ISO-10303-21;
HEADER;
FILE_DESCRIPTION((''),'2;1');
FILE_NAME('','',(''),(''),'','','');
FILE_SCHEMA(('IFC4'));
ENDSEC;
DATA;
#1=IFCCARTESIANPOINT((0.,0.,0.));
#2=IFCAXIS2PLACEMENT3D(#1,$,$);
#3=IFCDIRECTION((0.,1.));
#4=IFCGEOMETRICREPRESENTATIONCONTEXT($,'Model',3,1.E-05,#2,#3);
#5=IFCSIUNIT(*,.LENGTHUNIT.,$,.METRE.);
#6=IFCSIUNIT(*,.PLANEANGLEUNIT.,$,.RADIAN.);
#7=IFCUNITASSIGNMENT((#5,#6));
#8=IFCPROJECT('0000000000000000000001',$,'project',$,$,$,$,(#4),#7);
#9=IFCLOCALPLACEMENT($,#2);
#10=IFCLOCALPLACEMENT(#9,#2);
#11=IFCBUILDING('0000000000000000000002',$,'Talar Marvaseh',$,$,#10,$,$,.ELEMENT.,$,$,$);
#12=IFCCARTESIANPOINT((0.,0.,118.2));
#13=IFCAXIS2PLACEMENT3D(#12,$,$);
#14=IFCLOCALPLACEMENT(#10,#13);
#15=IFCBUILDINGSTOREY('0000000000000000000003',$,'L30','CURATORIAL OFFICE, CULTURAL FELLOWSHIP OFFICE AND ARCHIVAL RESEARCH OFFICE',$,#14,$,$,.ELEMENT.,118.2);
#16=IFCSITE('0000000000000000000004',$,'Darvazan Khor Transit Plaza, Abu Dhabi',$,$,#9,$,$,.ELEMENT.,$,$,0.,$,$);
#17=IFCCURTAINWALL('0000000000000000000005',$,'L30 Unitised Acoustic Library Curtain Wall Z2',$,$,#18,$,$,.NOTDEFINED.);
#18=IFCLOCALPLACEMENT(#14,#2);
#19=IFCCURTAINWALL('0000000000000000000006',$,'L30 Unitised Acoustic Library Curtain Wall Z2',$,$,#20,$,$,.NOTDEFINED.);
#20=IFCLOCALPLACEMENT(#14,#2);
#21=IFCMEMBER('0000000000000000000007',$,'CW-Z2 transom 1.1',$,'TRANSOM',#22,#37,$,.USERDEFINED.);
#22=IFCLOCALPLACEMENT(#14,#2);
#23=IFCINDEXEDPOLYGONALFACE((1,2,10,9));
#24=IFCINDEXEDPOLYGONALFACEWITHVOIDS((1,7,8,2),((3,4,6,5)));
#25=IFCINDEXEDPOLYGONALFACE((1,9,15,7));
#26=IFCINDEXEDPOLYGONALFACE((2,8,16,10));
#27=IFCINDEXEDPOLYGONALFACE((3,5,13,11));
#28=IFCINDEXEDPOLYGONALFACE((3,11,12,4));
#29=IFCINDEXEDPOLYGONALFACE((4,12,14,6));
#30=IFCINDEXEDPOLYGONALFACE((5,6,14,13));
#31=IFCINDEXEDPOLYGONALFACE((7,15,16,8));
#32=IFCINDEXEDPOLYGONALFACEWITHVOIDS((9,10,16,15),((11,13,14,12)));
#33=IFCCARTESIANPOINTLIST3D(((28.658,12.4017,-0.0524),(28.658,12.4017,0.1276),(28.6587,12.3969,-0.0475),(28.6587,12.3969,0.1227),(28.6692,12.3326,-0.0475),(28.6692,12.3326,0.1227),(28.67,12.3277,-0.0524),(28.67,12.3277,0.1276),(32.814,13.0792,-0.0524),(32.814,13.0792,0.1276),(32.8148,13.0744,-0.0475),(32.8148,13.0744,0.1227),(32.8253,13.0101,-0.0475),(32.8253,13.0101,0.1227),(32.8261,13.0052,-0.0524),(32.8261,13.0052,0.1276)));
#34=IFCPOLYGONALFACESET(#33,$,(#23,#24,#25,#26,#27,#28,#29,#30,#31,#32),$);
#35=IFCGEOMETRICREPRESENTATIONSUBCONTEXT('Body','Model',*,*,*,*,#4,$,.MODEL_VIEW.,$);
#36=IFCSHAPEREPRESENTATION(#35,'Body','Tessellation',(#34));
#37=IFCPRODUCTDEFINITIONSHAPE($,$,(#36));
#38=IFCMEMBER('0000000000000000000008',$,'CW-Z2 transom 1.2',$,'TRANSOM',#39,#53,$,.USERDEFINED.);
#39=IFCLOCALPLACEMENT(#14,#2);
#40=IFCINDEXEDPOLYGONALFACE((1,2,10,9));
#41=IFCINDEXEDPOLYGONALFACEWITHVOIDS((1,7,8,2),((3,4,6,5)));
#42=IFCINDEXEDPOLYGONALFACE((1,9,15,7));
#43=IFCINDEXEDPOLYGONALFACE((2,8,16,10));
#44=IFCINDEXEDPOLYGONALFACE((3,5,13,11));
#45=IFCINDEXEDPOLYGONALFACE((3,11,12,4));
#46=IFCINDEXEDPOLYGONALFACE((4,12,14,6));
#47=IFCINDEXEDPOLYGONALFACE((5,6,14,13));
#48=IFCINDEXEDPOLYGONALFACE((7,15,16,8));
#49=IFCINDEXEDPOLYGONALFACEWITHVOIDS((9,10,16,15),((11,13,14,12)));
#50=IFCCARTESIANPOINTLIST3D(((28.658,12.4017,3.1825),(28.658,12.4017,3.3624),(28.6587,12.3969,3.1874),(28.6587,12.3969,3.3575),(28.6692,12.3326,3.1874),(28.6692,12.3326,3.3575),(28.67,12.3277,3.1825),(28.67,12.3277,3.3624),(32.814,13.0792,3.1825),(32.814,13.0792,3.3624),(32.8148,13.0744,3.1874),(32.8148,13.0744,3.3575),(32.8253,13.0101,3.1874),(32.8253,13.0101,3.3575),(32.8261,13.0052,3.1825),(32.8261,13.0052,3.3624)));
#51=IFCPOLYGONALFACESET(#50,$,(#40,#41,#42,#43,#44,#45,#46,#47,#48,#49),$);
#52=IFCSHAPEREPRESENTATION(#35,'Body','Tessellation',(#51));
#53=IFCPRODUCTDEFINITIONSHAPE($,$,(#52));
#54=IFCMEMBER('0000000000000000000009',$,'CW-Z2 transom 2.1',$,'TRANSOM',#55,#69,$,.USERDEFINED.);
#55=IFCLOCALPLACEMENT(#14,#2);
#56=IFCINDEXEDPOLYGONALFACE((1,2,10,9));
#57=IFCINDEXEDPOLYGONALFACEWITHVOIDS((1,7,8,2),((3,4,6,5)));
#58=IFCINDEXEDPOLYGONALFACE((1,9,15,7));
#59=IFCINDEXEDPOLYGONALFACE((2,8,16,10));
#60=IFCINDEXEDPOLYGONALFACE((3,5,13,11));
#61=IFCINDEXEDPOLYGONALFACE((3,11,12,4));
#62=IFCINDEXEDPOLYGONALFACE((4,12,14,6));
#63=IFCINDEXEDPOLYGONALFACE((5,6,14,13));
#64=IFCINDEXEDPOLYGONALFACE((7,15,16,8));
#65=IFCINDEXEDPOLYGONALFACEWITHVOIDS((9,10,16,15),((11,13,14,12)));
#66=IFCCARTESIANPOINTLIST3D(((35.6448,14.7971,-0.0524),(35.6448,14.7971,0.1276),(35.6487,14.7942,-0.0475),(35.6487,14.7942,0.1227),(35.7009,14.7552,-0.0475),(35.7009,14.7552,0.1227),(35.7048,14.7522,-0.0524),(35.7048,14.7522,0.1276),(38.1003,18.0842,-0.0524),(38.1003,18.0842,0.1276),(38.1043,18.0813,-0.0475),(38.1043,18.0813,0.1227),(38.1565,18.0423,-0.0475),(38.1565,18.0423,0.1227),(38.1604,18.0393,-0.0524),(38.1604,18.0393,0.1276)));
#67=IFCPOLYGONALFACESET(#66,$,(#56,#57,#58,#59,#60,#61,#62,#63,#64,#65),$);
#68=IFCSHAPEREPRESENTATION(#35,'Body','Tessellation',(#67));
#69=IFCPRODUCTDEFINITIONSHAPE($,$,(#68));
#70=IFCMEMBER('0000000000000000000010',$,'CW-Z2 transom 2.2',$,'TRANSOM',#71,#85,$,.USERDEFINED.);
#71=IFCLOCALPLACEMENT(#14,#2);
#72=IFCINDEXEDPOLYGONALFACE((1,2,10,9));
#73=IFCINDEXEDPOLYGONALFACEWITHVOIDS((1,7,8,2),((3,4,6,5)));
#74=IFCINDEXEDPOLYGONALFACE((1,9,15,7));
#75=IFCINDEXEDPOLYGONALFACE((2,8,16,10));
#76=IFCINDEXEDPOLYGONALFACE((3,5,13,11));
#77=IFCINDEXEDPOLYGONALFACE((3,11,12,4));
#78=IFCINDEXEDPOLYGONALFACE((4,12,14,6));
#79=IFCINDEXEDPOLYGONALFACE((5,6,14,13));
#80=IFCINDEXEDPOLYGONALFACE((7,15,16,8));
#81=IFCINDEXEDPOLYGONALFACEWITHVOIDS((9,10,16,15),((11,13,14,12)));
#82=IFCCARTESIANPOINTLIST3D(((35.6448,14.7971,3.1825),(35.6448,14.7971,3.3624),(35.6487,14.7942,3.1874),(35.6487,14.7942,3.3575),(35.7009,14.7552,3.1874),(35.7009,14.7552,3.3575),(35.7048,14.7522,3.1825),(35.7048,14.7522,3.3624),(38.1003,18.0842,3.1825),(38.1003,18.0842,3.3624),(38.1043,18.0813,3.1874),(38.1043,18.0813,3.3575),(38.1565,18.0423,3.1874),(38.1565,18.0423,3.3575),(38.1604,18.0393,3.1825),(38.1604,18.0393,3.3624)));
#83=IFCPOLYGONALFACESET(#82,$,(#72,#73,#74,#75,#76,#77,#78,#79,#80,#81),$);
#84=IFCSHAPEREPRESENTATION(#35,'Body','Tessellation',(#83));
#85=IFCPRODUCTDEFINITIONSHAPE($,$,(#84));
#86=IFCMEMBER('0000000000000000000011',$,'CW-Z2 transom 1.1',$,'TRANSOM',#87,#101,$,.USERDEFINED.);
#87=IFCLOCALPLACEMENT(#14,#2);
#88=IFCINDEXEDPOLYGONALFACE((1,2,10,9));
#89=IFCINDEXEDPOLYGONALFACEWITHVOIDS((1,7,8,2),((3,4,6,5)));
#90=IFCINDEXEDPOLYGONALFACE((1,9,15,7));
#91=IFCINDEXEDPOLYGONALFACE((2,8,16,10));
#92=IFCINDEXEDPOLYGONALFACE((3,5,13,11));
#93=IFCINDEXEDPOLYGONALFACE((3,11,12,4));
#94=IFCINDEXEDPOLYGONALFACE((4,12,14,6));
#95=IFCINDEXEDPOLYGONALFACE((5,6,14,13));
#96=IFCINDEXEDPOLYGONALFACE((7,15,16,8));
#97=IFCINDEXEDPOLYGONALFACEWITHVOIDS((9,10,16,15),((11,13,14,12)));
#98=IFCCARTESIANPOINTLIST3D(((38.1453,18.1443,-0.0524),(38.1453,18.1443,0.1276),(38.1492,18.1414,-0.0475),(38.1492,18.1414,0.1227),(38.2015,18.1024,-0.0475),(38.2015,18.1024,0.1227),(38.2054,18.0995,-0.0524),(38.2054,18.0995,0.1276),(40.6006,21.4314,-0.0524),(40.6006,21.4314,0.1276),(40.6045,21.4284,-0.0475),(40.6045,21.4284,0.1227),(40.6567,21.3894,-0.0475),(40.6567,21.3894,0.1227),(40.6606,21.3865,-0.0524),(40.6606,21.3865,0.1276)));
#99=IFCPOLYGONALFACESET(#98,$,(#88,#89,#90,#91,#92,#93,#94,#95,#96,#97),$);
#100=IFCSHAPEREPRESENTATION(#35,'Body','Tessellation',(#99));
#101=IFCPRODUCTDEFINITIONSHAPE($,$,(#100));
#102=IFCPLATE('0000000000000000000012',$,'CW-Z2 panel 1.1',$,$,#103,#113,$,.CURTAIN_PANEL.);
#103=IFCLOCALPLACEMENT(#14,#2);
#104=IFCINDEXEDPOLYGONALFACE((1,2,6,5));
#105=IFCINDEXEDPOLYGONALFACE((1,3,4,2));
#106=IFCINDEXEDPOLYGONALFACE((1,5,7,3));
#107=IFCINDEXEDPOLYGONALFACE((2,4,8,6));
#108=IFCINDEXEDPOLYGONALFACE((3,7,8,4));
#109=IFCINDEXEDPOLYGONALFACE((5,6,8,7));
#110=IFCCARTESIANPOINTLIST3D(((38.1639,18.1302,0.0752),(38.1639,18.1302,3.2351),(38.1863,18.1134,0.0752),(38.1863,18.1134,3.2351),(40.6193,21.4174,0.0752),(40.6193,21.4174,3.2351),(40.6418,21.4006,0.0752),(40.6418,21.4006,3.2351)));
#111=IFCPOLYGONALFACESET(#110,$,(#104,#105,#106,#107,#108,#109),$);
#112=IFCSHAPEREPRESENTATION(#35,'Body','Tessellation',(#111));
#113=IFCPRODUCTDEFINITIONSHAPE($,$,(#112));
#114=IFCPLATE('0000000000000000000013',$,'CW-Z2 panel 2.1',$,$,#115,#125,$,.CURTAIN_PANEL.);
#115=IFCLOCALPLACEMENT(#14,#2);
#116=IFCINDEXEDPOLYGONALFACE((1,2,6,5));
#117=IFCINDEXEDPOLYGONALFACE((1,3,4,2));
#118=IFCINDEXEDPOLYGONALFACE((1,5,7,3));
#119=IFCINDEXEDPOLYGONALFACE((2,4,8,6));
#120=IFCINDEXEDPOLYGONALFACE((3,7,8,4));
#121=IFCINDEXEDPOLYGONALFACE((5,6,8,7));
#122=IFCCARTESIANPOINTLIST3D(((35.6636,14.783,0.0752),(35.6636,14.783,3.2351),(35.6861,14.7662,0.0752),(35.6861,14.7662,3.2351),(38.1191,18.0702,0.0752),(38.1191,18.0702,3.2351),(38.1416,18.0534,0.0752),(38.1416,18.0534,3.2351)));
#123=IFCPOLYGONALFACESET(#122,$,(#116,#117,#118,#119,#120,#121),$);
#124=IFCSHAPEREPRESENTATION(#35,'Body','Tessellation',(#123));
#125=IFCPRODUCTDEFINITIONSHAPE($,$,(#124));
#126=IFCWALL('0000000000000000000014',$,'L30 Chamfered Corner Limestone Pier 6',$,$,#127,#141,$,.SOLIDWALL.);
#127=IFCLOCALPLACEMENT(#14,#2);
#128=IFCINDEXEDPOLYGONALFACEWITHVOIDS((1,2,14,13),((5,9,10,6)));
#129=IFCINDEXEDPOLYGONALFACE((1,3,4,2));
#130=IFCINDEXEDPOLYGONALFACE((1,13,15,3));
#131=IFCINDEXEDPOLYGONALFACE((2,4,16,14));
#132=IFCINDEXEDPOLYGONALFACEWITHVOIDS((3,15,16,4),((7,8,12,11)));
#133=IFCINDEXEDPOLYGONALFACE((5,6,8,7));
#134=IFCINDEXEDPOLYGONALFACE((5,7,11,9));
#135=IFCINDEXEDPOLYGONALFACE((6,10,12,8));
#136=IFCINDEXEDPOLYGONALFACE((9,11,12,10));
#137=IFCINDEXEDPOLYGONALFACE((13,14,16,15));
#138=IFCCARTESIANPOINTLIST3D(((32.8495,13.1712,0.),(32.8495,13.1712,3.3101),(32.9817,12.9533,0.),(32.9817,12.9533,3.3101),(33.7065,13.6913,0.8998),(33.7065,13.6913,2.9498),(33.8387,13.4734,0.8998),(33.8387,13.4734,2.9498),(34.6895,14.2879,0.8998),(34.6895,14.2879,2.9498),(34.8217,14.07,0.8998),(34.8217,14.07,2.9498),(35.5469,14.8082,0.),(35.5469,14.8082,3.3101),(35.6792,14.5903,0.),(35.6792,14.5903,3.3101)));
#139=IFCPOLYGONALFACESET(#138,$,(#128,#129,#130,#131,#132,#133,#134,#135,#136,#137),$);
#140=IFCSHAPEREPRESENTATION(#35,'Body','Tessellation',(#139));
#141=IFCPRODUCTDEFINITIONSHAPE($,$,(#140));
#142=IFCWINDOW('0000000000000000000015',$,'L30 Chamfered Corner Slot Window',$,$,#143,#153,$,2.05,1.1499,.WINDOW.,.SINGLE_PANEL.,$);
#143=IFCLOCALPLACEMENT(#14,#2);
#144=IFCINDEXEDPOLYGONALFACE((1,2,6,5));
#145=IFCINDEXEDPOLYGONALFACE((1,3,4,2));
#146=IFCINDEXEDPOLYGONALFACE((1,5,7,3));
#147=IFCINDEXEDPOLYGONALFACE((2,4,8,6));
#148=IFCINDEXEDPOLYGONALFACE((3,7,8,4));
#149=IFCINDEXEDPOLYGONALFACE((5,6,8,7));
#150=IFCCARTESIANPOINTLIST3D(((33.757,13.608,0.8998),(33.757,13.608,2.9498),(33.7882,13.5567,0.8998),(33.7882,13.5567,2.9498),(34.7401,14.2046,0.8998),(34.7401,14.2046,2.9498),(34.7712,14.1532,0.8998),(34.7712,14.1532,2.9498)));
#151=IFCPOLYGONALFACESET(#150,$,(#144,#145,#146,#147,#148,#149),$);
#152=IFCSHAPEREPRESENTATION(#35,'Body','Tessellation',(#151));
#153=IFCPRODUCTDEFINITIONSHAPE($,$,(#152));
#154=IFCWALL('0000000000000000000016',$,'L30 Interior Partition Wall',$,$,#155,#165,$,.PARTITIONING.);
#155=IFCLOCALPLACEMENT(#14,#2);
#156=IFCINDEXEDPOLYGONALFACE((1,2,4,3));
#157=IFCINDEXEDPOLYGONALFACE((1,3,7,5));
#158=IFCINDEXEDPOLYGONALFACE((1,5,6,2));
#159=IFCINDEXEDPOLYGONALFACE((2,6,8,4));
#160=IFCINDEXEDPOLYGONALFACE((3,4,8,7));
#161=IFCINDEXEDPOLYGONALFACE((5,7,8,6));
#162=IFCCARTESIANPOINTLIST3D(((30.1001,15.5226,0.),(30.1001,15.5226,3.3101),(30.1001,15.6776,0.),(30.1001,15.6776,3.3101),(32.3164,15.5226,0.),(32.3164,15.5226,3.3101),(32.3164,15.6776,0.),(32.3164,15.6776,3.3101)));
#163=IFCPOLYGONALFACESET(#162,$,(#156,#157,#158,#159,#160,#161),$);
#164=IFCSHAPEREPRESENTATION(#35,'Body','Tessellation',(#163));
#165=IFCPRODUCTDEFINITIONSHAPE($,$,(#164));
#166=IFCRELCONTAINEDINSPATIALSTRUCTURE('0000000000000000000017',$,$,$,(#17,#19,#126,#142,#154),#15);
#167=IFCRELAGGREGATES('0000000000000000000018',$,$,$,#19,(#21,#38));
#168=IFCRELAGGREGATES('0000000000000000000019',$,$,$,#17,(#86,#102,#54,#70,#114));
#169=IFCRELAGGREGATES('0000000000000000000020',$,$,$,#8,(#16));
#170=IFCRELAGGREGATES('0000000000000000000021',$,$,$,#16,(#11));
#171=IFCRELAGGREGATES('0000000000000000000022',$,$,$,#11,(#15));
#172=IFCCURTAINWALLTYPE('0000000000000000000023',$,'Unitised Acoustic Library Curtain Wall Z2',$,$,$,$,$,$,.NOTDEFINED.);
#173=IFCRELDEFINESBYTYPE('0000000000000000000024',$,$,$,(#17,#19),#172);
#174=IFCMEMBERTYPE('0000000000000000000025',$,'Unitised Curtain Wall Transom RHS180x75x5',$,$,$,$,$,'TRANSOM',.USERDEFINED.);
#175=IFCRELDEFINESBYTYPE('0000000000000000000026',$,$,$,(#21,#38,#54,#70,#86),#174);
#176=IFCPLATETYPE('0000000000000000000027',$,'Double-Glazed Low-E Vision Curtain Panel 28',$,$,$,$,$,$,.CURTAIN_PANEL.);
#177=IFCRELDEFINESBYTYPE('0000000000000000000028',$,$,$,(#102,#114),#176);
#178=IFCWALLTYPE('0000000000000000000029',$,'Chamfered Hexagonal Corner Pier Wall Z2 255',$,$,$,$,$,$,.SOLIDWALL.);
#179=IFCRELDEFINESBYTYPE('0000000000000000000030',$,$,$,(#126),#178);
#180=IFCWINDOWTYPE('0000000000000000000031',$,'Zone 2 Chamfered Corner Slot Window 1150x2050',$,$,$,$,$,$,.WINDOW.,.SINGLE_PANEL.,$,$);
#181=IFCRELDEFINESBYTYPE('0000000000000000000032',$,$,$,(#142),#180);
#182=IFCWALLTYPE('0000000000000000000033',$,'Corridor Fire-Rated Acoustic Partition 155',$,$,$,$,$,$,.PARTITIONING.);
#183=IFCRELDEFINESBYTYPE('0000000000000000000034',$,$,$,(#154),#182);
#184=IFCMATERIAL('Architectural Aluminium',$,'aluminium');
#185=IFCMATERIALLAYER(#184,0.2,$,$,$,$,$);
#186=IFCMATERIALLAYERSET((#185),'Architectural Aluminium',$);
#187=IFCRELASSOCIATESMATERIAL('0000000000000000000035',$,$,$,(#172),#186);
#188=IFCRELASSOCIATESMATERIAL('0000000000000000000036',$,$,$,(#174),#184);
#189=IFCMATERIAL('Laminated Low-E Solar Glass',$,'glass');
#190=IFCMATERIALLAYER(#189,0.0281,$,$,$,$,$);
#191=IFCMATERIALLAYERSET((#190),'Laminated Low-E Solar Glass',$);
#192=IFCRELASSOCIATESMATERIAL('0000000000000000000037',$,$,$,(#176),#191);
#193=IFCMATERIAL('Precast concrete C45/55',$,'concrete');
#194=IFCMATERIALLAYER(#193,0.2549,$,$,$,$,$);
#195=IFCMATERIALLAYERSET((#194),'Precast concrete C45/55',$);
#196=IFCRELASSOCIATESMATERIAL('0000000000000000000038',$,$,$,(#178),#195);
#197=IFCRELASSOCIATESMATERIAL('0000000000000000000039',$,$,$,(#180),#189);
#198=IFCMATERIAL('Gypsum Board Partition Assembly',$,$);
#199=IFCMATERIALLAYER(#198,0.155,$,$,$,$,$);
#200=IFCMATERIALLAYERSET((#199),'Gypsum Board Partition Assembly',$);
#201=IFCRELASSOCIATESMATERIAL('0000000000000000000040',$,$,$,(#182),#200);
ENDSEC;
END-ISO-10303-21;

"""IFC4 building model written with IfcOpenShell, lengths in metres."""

from ifc_helpers import new_model, si_unit, direction, frame, frame_2d, origin, origin_2d, place, context, subcontext, project, spatial, rectangle, hollow_rectangle, extrude, source, transform, mapped, material, layer, layer_set, material_profile, profile_set, type_object, type_shapes, element, fill, aggregate, save


model = new_model("IFC4")

# Units and contexts
model_context = context("Model", 3, precision=1e-05, world=origin(), true_north=direction((0.0, 1.0)))
body_context = subcontext(model_context, "Body", "Model", "MODEL_VIEW")
ifc_project = project(units=[si_unit("LENGTHUNIT", "METRE"), si_unit("PLANEANGLEUNIT", "RADIAN")], contexts=[model_context])

# Site, building, storey
site_placement = place(None, origin())
site = spatial("IfcSite", under=ifc_project, at=site_placement, Name="Darvazan Khor Transit Plaza, Abu Dhabi", CompositionType="ELEMENT", RefElevation=0.0)
building_placement = place(site_placement, origin())
building = spatial("IfcBuilding", under=site, at=building_placement, Name="Talar Marvaseh", CompositionType="ELEMENT")
storey_placement = place(building_placement, frame((0.0, 0.0, 118.2)))
storey = spatial("IfcBuildingStorey", under=building, at=storey_placement, Name="L30", Description="CURATORIAL OFFICE, CULTURAL FELLOWSHIP OFFICE AND ARCHIVAL RESEARCH OFFICE", CompositionType="ELEMENT", Elevation=118.2)

# Curtain walls, members
ifc_material_1 = material(Name="Architectural Aluminium", Category="aluminium")
ifc_layer_1 = layer(ifc_material_1, 0.2)
ifc_layer_set_1 = layer_set([ifc_layer_1], Name="Architectural Aluminium")
curtain_wall_type = type_object("IfcCurtainWallType", Name="Unitised Acoustic Library Curtain Wall Z2", PredefinedType="NOTDEFINED", material=ifc_layer_set_1)
curtain_wall_1_placement = place(storey_placement, origin())
curtain_wall_1 = element("IfcCurtainWall", 1, at=curtain_wall_1_placement, inside=storey, type_object=curtain_wall_type, Name="L30 Unitised Acoustic Library Curtain Wall Z2", PredefinedType="NOTDEFINED")
curtain_wall_2_placement = place(storey_placement, origin())
curtain_wall_2 = element("IfcCurtainWall", 2, at=curtain_wall_2_placement, inside=storey, type_object=curtain_wall_type, Name="L30 Unitised Acoustic Library Curtain Wall Z2", PredefinedType="NOTDEFINED")
ifc_material_profile_1 = material_profile(ifc_material_1, hollow_rectangle(XDim=0.075, YDim=0.1799, WallThickness=0.0049, at=origin_2d()), Name="RHS180x75x5")
ifc_profile_set_1 = profile_set([ifc_material_profile_1], Name="Architectural Aluminium")
member_type_1 = type_object("IfcMemberType", Name="Unitised Curtain Wall Transom RHS180x75x5", ElementType="TRANSOM", PredefinedType="USERDEFINED", material=ifc_profile_set_1)
shared_shape_1 = source(origin(), body_context, "Body", "SweptSolid", [
    extrude(hollow_rectangle(XDim=0.075, YDim=0.1799, WallThickness=0.0049, at=origin_2d()), origin(), (0.0, 0.0, 1.0), 4.2109),
])
member_1_placement = place(storey_placement, frame((32.8201, 13.0422, 0.0376), z_axis=(-0.986972, -0.160891, 0.0), x_axis=(0.160891, -0.986972, 0.0)))
member_1 = element("IfcMember", 3, at=member_1_placement, type_object=member_type_1, Name="CW-Z2 transom 1.1", ObjectType="TRANSOM", PredefinedType="USERDEFINED", context=body_context, shape_type="MappedRepresentation", body=[
    mapped(shared_shape_1, transform((0.0, 0.0, 0.0), x_axis=(1.0, 0.0, 0.0), y_axis=(0.0, 1.0, 0.0), z_axis=(0.0, 0.0, 1.0), scale=1.0)),
])
member_2_placement = place(storey_placement, frame((32.8201, 13.0422, 3.2725), z_axis=(-0.986972, -0.160891, 0.0), x_axis=(0.160891, -0.986972, 0.0)))
member_2 = element("IfcMember", 4, at=member_2_placement, type_object=member_type_1, Name="CW-Z2 transom 1.2", ObjectType="TRANSOM", PredefinedType="USERDEFINED", context=body_context, shape_type="MappedRepresentation", body=[
    mapped(shared_shape_1, transform((0.0, 0.0, 0.0), x_axis=(1.0, 0.0, 0.0), y_axis=(0.0, 1.0, 0.0), z_axis=(0.0, 0.0, 1.0), scale=1.0)),
])
aggregate(curtain_wall_2, [member_1, member_2])

# Members
shared_shape_2 = source(origin(), body_context, "Body", "SweptSolid", [
    extrude(hollow_rectangle(XDim=0.075, YDim=0.1799, WallThickness=0.0049, at=origin_2d()), origin(), (0.0, 0.0, 1.0), 4.103),
])
member_3_placement = place(storey_placement, frame((38.1304, 18.0618, 0.0376), z_axis=(-0.598476, -0.801141, 0.0), x_axis=(0.801141, -0.598476, 0.0)))
member_3 = element("IfcMember", 5, at=member_3_placement, type_object=member_type_1, Name="CW-Z2 transom 2.1", ObjectType="TRANSOM", PredefinedType="USERDEFINED", context=body_context, shape_type="MappedRepresentation", body=[
    mapped(shared_shape_2, transform((0.0, 0.0, 0.0), x_axis=(1.0, 0.0, 0.0), y_axis=(0.0, 1.0, 0.0), z_axis=(0.0, 0.0, 1.0), scale=1.0)),
])
member_4_placement = place(storey_placement, frame((38.1304, 18.0618, 3.2725), z_axis=(-0.598476, -0.801141, 0.0), x_axis=(0.801141, -0.598476, 0.0)))
member_4 = element("IfcMember", 6, at=member_4_placement, type_object=member_type_1, Name="CW-Z2 transom 2.2", ObjectType="TRANSOM", PredefinedType="USERDEFINED", context=body_context, shape_type="MappedRepresentation", body=[
    mapped(shared_shape_2, transform((0.0, 0.0, 0.0), x_axis=(1.0, 0.0, 0.0), y_axis=(0.0, 1.0, 0.0), z_axis=(0.0, 0.0, 1.0), scale=1.0)),
])
shared_shape_3 = source(origin(), body_context, "Body", "SweptSolid", [
    extrude(hollow_rectangle(XDim=0.075, YDim=0.1799, WallThickness=0.0049, at=origin_2d()), origin(), (0.0, 0.0, 1.0), 4.1028),
])
type_shapes(member_type_1, [shared_shape_1, shared_shape_2, shared_shape_3])
member_5_placement = place(storey_placement, frame((40.6306, 21.4089, 0.0376), z_axis=(-0.598437, -0.80117, 0.0), x_axis=(0.80117, -0.598437, 0.0)))
member_5 = element("IfcMember", 7, at=member_5_placement, type_object=member_type_1, Name="CW-Z2 transom 1.1", ObjectType="TRANSOM", PredefinedType="USERDEFINED", context=body_context, shape_type="MappedRepresentation", body=[
    mapped(shared_shape_3, transform((0.0, 0.0, 0.0), x_axis=(1.0, 0.0, 0.0), y_axis=(0.0, 1.0, 0.0), z_axis=(0.0, 0.0, 1.0), scale=1.0)),
])

# Plates
ifc_material_2 = material(Name="Laminated Low-E Solar Glass", Category="glass")
ifc_layer_2 = layer(ifc_material_2, 0.0281)
ifc_layer_set_2 = layer_set([ifc_layer_2], Name="Laminated Low-E Solar Glass")
plate_type = type_object("IfcPlateType", Name="Double-Glazed Low-E Vision Curtain Panel 28", PredefinedType="CURTAIN_PANEL", material=ifc_layer_set_2)
shared_shape_4 = source(origin(), body_context, "Body", "SweptSolid", [
    extrude(rectangle(XDim=4.103, YDim=0.0281, at=origin_2d()), origin(), (0.0, 0.0, 1.0), 3.1599),
])
type_shapes(plate_type, [shared_shape_4])
plate_1_placement = place(storey_placement, frame((39.4028, 19.7654, 0.0752), z_axis=(0.0, 0.0, 1.0), x_axis=(-0.598452, -0.801159, 0.0)))
plate_1 = element("IfcPlate", 8, at=plate_1_placement, type_object=plate_type, Name="CW-Z2 panel 1.1", PredefinedType="CURTAIN_PANEL", context=body_context, shape_type="MappedRepresentation", body=[
    mapped(shared_shape_4, transform((0.0, 0.0, 0.0), x_axis=(1.0, 0.0, 0.0), y_axis=(0.0, 1.0, 0.0), z_axis=(0.0, 0.0, 1.0), scale=1.0)),
])
plate_2_placement = place(storey_placement, frame((36.9026, 16.4182, 0.0752), z_axis=(0.0, 0.0, 1.0), x_axis=(-0.598452, -0.801159, 0.0)))
plate_2 = element("IfcPlate", 9, at=plate_2_placement, type_object=plate_type, Name="CW-Z2 panel 2.1", PredefinedType="CURTAIN_PANEL", context=body_context, shape_type="MappedRepresentation", body=[
    mapped(shared_shape_4, transform((0.0, 0.0, 0.0), x_axis=(1.0, 0.0, 0.0), y_axis=(0.0, 1.0, 0.0), z_axis=(0.0, 0.0, 1.0), scale=1.0)),
])
aggregate(curtain_wall_1, [member_5, plate_1, member_3, member_4, plate_2])

# Wall, opening, window
ifc_material_3 = material(Name="Precast concrete C45/55", Category="concrete")
ifc_layer_3 = layer(ifc_material_3, 0.2549)
ifc_layer_set_3 = layer_set([ifc_layer_3], Name="Precast concrete C45/55")
wall_type_1 = type_object("IfcWallType", Name="Chamfered Hexagonal Corner Pier Wall Z2 255", PredefinedType="SOLIDWALL", material=ifc_layer_set_3)
wall_1_placement = place(storey_placement, frame((35.613, 14.6992, 0.0), z_axis=(0.0, 0.0, 1.0), x_axis=(-0.854901, -0.51879, 0.0)))
wall_1 = element("IfcWall", 10, at=wall_1_placement, inside=storey, type_object=wall_type_1, Name="L30 Chamfered Corner Limestone Pier 6", PredefinedType="SOLIDWALL", context=body_context, shape_type="SweptSolid", body=[
    extrude(rectangle(XDim=3.1553, YDim=0.2549, at=frame_2d((1.5776, 0.0))), origin(), (0.0, 0.0, 1.0), 3.3101),
])
opening_placement = place(wall_1_placement, frame((1.0029, 0.0, 0.8999)))
opening = element("IfcOpeningElement", 11, at=opening_placement, cuts=wall_1, PredefinedType="OPENING", context=body_context, shape_type="SweptSolid", body=[
    extrude(rectangle(XDim=1.1499, YDim=2.05, at=frame_2d((0.575, 1.0249))), frame((0.0, 0.1375, 0.0), z_axis=(0.0, -1.0, 0.0), x_axis=(1.0, 0.0, 0.0)), (0.0, 0.0, 1.0), 0.2749),
])
window_type = type_object("IfcWindowType", Name="Zone 2 Chamfered Corner Slot Window 1150x2050", PartitioningType="SINGLE_PANEL", PredefinedType="WINDOW", material=ifc_material_2)
shared_shape_5 = source(origin(), body_context, "Body", "SweptSolid", [
    extrude(rectangle(XDim=1.1499, YDim=2.05, at=frame_2d((0.575, 1.0249))), frame((0.0, 0.03, 0.0), z_axis=(0.0, -1.0, 0.0), x_axis=(1.0, 0.0, 0.0)), (0.0, 0.0, 1.0), 0.0601),
])
type_shapes(window_type, [shared_shape_5])
window_placement = place(opening_placement, origin())
window = element("IfcWindow", 12, at=window_placement, inside=storey, type_object=window_type, Name="L30 Chamfered Corner Slot Window", OverallHeight=2.05, OverallWidth=1.1499, PartitioningType="SINGLE_PANEL", PredefinedType="WINDOW", context=body_context, shape_type="MappedRepresentation", body=[
    mapped(shared_shape_5, transform((0.0, 0.0, 0.0), x_axis=(1.0, 0.0, 0.0), y_axis=(0.0, 1.0, 0.0), z_axis=(0.0, 0.0, 1.0), scale=1.0)),
])
fill(opening, window)

# Wall
ifc_material_4 = material(Name="Gypsum Board Partition Assembly")
ifc_layer_4 = layer(ifc_material_4, 0.155)
ifc_layer_set_4 = layer_set([ifc_layer_4], Name="Gypsum Board Partition Assembly")
wall_type_2 = type_object("IfcWallType", Name="Corridor Fire-Rated Acoustic Partition 155", PredefinedType="PARTITIONING", material=ifc_layer_set_4)
wall_2_placement = place(storey_placement, frame((32.3164, 15.6001, 0.0), z_axis=(0.0, 0.0, 1.0), x_axis=(-1.0, 0.0, 0.0)))
element("IfcWall", 13, at=wall_2_placement, inside=storey, type_object=wall_type_2, Name="L30 Interior Partition Wall", PredefinedType="PARTITIONING", context=body_context, shape_type="SweptSolid", body=[
    extrude(rectangle(XDim=2.2163, YDim=0.155, at=frame_2d((1.1082, 0.0))), origin(), (0.0, 0.0, 1.0), 3.3101),
])

save(model, "model.ifc")
